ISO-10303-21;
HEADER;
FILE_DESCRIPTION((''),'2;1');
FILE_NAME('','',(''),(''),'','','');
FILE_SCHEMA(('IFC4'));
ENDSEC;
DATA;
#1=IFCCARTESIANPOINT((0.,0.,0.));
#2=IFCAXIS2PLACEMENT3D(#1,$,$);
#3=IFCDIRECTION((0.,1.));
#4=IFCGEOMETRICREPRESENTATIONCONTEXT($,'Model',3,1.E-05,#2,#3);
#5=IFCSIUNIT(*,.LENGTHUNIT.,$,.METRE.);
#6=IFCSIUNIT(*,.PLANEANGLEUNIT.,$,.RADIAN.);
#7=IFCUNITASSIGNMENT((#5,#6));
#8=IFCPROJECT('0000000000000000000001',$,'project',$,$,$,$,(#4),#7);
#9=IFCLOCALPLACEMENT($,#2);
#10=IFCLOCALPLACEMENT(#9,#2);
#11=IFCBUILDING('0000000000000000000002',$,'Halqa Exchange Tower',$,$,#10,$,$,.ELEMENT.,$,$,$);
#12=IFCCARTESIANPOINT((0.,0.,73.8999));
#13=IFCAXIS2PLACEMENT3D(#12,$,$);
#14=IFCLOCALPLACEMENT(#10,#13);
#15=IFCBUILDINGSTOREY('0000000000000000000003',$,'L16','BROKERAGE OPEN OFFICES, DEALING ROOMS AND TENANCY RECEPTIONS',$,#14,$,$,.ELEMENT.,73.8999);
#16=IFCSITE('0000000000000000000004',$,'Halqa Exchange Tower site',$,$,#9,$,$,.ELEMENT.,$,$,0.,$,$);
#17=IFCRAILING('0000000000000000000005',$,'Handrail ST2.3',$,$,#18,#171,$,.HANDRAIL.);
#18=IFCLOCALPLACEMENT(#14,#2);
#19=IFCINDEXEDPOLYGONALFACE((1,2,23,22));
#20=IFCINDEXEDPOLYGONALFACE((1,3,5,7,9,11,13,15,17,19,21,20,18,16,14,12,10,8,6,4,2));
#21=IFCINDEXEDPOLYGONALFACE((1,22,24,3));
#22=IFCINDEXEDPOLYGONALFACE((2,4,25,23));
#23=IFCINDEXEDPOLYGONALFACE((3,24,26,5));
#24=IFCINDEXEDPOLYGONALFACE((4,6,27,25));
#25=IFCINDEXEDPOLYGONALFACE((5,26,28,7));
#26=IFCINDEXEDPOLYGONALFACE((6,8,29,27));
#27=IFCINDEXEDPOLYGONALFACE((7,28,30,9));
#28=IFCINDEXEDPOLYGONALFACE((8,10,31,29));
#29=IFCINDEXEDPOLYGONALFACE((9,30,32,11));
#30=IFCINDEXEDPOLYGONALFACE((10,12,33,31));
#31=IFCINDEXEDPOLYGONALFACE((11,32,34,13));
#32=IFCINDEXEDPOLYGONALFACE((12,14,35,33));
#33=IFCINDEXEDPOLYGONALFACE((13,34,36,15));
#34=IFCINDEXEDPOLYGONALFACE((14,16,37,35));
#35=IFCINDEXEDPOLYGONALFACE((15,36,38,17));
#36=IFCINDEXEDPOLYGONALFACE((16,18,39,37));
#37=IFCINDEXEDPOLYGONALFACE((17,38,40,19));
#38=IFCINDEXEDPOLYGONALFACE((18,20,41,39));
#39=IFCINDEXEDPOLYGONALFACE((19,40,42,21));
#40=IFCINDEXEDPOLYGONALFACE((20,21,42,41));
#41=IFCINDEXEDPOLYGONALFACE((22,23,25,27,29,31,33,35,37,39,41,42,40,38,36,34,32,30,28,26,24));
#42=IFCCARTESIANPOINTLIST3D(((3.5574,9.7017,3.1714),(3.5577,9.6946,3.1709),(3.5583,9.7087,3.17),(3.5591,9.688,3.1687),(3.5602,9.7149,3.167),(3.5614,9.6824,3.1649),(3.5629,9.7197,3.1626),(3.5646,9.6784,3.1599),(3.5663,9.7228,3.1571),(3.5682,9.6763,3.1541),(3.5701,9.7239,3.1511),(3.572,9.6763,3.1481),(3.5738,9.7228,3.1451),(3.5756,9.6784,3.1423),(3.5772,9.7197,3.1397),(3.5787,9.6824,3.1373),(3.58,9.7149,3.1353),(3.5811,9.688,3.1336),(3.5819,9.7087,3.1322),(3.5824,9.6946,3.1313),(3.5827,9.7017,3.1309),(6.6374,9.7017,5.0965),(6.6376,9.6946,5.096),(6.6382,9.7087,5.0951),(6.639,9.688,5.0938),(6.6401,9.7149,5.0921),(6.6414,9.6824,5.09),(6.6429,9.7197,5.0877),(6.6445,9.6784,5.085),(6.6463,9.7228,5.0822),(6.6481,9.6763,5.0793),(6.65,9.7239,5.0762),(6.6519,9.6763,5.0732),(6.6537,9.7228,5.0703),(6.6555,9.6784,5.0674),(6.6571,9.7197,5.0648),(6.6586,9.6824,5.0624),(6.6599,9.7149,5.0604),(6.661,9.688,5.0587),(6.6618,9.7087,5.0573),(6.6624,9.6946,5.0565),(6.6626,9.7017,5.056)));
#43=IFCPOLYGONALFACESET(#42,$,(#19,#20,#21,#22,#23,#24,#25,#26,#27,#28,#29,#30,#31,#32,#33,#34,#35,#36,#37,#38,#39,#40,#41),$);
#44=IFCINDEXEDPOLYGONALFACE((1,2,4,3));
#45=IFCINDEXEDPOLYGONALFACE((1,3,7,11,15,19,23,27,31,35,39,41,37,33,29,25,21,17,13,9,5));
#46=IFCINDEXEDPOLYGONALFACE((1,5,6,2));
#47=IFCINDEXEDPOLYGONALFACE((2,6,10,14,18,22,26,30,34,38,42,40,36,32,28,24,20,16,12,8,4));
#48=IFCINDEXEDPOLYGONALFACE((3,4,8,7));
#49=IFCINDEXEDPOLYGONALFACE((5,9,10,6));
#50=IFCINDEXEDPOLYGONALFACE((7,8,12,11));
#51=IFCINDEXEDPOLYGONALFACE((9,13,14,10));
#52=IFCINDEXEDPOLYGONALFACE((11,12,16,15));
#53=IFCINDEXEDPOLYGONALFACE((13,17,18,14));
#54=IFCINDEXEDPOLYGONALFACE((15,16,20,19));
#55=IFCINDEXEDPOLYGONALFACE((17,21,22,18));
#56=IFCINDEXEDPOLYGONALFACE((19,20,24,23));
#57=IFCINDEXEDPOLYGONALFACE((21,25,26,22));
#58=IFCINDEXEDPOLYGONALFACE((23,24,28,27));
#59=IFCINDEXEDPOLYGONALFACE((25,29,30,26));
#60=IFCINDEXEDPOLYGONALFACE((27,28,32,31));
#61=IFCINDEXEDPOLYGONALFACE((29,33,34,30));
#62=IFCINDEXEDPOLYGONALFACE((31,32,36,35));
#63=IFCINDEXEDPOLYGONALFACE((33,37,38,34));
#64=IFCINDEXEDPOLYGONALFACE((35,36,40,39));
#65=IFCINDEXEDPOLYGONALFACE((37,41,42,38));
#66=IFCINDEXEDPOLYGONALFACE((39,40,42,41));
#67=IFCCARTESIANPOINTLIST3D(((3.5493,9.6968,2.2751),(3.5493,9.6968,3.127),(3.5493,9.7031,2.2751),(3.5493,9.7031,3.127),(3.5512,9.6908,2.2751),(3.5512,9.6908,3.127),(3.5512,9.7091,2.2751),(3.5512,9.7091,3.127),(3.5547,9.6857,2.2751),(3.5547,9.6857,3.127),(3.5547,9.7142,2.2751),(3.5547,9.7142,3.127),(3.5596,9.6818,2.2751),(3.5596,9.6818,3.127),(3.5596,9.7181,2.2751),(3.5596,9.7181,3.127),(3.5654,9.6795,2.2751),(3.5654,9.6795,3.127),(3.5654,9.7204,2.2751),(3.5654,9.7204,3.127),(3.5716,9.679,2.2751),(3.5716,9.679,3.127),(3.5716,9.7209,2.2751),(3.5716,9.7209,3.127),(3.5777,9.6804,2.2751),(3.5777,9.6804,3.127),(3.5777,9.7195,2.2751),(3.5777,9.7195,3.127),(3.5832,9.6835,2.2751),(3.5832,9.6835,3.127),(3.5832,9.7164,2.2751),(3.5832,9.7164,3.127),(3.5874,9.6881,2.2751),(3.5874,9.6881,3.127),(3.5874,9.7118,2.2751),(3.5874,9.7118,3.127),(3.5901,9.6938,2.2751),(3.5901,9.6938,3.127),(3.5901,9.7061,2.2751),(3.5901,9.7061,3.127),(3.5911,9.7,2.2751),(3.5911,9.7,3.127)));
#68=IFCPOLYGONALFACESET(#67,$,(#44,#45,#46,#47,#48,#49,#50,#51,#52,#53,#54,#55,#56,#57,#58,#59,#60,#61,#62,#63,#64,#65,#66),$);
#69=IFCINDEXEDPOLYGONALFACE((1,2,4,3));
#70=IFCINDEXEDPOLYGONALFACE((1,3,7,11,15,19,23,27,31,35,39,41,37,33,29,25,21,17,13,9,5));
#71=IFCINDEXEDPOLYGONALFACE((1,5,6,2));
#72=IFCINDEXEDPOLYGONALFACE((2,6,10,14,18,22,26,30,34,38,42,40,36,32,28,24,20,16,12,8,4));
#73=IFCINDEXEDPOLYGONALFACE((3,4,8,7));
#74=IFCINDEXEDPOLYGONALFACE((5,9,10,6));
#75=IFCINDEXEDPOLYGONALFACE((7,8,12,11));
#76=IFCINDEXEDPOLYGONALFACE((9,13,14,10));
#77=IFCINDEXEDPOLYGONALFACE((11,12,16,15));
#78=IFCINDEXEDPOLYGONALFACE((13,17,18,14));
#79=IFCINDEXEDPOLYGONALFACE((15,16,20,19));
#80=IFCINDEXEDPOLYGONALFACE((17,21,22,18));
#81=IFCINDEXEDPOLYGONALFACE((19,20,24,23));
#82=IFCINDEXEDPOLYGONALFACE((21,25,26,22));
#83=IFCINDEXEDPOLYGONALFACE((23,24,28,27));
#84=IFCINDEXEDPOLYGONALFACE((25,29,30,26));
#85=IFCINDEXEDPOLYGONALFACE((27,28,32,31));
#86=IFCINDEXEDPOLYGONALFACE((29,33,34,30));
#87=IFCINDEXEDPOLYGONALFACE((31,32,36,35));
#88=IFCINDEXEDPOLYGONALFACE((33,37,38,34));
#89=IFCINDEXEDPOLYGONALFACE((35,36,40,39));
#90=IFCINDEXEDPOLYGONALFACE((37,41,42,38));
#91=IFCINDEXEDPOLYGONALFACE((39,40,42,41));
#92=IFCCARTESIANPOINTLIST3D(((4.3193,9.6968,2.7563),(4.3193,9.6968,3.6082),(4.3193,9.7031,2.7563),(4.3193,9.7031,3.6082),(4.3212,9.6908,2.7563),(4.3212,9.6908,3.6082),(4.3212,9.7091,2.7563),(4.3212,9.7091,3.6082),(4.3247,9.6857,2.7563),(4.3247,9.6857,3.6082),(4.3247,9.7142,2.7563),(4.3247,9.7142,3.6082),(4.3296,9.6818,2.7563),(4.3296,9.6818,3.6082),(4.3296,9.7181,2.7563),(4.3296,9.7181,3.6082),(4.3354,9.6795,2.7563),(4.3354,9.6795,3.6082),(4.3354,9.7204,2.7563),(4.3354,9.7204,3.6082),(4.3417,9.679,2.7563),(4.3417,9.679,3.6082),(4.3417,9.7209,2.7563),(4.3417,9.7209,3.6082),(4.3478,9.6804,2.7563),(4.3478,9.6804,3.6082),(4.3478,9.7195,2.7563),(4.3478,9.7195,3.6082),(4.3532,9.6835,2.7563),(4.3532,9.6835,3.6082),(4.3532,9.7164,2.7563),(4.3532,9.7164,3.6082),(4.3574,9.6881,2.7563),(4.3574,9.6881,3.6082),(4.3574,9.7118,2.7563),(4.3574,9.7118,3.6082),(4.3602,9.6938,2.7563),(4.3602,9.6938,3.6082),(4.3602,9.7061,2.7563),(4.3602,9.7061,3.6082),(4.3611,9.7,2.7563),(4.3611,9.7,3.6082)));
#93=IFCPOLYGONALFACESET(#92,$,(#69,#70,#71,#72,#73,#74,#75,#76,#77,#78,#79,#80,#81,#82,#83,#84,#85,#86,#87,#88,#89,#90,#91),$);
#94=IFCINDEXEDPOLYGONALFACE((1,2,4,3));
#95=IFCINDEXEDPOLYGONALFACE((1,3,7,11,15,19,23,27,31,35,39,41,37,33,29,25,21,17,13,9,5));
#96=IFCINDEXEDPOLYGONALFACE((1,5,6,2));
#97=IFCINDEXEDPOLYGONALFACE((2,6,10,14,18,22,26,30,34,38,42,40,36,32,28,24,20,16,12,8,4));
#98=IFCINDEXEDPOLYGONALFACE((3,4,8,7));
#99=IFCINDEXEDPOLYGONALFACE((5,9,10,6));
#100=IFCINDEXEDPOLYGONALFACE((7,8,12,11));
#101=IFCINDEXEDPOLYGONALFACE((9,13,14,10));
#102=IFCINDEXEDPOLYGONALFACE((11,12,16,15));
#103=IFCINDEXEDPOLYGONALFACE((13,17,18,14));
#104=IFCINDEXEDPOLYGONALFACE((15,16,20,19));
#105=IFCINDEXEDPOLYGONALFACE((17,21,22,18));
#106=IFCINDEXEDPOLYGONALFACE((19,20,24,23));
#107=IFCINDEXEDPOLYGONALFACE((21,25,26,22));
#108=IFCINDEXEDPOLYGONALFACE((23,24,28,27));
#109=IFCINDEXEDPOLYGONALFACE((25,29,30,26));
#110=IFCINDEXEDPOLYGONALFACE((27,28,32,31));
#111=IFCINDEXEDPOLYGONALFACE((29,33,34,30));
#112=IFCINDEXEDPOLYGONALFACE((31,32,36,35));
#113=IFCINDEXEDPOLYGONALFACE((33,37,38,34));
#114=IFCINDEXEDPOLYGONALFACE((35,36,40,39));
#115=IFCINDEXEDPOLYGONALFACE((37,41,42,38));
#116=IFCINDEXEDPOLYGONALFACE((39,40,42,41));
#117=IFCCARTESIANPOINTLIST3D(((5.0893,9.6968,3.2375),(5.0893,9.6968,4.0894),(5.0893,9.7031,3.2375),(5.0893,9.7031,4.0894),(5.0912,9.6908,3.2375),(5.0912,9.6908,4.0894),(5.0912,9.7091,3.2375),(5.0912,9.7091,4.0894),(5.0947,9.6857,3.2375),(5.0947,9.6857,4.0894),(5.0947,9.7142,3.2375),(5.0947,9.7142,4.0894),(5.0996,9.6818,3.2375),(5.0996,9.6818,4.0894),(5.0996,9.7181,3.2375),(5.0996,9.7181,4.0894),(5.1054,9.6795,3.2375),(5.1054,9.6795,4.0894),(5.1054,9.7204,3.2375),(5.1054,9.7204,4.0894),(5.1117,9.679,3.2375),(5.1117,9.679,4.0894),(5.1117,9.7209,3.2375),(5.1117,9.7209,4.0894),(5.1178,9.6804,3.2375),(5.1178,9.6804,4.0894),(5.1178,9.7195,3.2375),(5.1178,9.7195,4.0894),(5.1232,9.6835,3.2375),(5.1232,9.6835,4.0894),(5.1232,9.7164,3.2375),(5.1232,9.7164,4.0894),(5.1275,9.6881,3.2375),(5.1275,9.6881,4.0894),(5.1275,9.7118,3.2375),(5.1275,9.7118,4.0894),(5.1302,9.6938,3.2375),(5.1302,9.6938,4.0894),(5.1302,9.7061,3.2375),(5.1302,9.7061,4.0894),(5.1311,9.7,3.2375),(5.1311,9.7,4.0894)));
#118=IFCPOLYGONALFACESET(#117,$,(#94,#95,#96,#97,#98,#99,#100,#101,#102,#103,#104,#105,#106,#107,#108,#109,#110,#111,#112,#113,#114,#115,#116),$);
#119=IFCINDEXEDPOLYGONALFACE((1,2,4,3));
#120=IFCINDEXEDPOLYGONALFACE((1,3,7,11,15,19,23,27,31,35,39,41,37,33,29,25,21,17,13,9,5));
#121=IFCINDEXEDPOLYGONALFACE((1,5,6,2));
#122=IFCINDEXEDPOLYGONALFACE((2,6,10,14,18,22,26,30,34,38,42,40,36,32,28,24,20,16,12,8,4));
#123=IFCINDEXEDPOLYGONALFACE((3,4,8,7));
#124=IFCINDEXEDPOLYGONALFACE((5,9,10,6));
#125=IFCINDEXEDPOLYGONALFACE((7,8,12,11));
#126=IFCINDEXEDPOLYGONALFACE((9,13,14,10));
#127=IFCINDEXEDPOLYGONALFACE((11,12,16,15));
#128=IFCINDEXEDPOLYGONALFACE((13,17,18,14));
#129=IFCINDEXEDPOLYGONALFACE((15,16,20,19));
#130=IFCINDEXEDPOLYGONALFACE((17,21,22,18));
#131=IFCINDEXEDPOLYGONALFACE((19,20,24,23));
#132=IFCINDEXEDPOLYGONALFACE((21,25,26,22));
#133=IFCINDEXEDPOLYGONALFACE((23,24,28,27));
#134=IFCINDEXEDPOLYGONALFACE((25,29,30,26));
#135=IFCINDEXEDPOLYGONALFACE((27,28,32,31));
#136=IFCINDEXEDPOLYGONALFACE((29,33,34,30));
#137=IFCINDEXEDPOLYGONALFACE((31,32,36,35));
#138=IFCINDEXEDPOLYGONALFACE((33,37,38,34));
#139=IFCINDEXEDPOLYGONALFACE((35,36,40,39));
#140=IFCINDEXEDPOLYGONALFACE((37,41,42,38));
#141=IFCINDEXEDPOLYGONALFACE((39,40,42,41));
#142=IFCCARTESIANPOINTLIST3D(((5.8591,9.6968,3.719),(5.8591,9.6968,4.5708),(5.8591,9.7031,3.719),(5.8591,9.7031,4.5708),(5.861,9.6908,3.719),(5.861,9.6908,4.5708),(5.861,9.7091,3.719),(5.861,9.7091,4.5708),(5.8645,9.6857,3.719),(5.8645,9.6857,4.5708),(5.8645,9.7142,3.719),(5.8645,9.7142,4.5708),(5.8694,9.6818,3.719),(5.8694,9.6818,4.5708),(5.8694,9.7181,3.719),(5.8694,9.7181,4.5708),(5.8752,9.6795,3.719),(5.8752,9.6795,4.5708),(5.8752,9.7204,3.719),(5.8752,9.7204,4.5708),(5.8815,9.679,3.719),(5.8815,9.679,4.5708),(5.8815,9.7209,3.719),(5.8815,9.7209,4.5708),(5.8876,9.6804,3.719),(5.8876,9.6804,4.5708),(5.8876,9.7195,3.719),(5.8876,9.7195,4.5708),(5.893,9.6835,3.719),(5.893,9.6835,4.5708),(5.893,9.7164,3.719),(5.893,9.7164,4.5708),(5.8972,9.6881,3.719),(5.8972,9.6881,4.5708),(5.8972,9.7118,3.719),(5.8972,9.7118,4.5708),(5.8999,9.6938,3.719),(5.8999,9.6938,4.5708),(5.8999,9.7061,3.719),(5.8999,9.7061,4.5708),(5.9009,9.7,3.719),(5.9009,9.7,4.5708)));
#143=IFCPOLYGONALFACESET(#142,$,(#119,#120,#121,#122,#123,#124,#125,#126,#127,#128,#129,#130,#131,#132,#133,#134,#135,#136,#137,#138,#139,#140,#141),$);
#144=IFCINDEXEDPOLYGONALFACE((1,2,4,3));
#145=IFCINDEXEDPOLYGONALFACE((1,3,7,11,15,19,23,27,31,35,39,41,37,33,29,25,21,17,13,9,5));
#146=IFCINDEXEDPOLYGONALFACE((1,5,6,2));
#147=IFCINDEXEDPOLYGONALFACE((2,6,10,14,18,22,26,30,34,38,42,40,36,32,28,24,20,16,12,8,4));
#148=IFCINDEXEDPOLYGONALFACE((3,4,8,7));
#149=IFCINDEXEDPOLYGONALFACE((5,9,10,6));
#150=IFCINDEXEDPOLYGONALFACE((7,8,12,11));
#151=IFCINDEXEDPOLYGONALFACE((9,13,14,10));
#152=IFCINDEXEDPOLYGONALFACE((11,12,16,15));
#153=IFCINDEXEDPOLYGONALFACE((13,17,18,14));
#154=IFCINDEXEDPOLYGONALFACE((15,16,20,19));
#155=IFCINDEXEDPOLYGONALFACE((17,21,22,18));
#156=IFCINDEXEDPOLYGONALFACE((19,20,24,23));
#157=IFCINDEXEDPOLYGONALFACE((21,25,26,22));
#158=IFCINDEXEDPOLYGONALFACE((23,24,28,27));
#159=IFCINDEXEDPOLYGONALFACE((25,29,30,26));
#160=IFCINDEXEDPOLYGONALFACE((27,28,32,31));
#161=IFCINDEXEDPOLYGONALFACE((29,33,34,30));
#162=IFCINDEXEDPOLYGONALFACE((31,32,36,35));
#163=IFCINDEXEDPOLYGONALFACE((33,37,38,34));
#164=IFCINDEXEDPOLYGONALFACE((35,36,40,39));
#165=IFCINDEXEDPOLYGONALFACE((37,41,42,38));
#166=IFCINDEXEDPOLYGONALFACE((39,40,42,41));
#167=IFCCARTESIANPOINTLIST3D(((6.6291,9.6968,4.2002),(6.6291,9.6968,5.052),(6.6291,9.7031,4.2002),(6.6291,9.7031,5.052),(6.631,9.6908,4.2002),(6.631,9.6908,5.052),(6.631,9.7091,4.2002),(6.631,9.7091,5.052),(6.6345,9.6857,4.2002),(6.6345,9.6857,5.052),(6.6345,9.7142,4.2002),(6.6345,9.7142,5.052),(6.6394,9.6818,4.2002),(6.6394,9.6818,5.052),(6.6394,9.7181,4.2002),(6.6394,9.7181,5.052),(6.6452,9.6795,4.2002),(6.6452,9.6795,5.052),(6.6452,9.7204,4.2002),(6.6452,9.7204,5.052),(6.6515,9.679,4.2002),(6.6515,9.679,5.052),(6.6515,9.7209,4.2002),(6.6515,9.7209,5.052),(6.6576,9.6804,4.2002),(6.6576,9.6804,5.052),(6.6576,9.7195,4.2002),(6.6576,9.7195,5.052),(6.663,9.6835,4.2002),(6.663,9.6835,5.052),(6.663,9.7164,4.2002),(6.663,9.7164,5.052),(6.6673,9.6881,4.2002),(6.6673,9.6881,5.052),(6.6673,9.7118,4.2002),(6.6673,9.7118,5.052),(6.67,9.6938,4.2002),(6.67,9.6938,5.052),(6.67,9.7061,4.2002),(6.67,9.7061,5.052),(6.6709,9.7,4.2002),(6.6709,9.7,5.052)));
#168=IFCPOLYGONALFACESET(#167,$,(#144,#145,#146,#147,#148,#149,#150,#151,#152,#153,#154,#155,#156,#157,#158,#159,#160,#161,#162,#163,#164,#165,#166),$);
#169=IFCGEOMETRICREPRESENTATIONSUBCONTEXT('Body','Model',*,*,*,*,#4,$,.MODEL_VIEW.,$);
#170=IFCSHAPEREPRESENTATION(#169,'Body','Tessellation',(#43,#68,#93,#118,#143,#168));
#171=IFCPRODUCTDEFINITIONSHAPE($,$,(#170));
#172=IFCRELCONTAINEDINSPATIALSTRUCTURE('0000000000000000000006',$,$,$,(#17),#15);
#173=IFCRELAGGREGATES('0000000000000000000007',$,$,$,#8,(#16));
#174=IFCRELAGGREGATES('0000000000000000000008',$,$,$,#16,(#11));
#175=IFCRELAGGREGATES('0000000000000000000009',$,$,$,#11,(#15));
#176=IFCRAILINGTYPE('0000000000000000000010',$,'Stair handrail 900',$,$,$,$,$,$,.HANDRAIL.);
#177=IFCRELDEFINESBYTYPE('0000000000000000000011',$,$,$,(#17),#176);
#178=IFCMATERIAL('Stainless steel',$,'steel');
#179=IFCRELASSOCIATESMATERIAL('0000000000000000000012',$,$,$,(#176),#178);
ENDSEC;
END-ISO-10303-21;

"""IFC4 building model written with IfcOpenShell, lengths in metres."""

from ifc_helpers import new_model, si_unit, direction, frame, origin, origin_2d, place, context, subcontext, project, spatial, circle, extrude, material, type_object, element, save


model = new_model("IFC4")

# Units and contexts
model_context = context("Model", 3, precision=1e-05, world=origin(), true_north=direction((0.0, 1.0)))
body_context = subcontext(model_context, "Body", "Model", "MODEL_VIEW")
ifc_project = project(units=[si_unit("LENGTHUNIT", "METRE"), si_unit("PLANEANGLEUNIT", "RADIAN")], contexts=[model_context])

# Site, building, storey
site_placement = place(None, origin())
site = spatial("IfcSite", under=ifc_project, at=site_placement, Name="Halqa Exchange Tower site", CompositionType="ELEMENT", RefElevation=0.0)
building_placement = place(site_placement, origin())
building = spatial("IfcBuilding", under=site, at=building_placement, Name="Halqa Exchange Tower", CompositionType="ELEMENT")
storey_placement = place(building_placement, frame((0.0, 0.0, 73.8999)))
storey = spatial("IfcBuildingStorey", under=building, at=storey_placement, Name="L16", Description="BROKERAGE OPEN OFFICES, DEALING ROOMS AND TENANCY RECEPTIONS", CompositionType="ELEMENT", Elevation=73.8999)

# Railing
ifc_material_1 = material(Name="Stainless steel", Category="steel")
railing_type_1 = type_object("IfcRailingType", Name="Stair handrail 900", PredefinedType="HANDRAIL", material=ifc_material_1)
railing_1_placement = place(storey_placement, frame((3.5701, 9.7, 2.2751)))
element("IfcRailing", 1, at=railing_1_placement, inside=storey, type_object=railing_type_1, Name="Handrail ST2.3", PredefinedType="HANDRAIL", context=body_context, shape_type="SweptSolid", body=[
    extrude(circle(Radius=0.0239, at=origin_2d()), frame((0.0, 0.0, 0.876), z_axis=(0.847979, 0.0, 0.530029), x_axis=(0.0, 1.0, 0.0)), (0.0, 0.0, 1.0), 3.6321),
    extrude(circle(Radius=0.021, at=origin_2d()), origin(), (0.0, 0.0, 1.0), 0.8518),
    extrude(circle(Radius=0.021, at=origin_2d()), frame((0.77, 0.0, 0.4812)), (0.0, 0.0, 1.0), 0.8518),
    extrude(circle(Radius=0.021, at=origin_2d()), frame((1.54, 0.0, 0.9624)), (0.0, 0.0, 1.0), 0.8518),
    extrude(circle(Radius=0.021, at=origin_2d()), frame((2.3098, 0.0, 1.4438)), (0.0, 0.0, 1.0), 0.8518),
    extrude(circle(Radius=0.021, at=origin_2d()), frame((3.0798, 0.0, 1.925)), (0.0, 0.0, 1.0), 0.8518),
])

save(model, "model.ifc")
